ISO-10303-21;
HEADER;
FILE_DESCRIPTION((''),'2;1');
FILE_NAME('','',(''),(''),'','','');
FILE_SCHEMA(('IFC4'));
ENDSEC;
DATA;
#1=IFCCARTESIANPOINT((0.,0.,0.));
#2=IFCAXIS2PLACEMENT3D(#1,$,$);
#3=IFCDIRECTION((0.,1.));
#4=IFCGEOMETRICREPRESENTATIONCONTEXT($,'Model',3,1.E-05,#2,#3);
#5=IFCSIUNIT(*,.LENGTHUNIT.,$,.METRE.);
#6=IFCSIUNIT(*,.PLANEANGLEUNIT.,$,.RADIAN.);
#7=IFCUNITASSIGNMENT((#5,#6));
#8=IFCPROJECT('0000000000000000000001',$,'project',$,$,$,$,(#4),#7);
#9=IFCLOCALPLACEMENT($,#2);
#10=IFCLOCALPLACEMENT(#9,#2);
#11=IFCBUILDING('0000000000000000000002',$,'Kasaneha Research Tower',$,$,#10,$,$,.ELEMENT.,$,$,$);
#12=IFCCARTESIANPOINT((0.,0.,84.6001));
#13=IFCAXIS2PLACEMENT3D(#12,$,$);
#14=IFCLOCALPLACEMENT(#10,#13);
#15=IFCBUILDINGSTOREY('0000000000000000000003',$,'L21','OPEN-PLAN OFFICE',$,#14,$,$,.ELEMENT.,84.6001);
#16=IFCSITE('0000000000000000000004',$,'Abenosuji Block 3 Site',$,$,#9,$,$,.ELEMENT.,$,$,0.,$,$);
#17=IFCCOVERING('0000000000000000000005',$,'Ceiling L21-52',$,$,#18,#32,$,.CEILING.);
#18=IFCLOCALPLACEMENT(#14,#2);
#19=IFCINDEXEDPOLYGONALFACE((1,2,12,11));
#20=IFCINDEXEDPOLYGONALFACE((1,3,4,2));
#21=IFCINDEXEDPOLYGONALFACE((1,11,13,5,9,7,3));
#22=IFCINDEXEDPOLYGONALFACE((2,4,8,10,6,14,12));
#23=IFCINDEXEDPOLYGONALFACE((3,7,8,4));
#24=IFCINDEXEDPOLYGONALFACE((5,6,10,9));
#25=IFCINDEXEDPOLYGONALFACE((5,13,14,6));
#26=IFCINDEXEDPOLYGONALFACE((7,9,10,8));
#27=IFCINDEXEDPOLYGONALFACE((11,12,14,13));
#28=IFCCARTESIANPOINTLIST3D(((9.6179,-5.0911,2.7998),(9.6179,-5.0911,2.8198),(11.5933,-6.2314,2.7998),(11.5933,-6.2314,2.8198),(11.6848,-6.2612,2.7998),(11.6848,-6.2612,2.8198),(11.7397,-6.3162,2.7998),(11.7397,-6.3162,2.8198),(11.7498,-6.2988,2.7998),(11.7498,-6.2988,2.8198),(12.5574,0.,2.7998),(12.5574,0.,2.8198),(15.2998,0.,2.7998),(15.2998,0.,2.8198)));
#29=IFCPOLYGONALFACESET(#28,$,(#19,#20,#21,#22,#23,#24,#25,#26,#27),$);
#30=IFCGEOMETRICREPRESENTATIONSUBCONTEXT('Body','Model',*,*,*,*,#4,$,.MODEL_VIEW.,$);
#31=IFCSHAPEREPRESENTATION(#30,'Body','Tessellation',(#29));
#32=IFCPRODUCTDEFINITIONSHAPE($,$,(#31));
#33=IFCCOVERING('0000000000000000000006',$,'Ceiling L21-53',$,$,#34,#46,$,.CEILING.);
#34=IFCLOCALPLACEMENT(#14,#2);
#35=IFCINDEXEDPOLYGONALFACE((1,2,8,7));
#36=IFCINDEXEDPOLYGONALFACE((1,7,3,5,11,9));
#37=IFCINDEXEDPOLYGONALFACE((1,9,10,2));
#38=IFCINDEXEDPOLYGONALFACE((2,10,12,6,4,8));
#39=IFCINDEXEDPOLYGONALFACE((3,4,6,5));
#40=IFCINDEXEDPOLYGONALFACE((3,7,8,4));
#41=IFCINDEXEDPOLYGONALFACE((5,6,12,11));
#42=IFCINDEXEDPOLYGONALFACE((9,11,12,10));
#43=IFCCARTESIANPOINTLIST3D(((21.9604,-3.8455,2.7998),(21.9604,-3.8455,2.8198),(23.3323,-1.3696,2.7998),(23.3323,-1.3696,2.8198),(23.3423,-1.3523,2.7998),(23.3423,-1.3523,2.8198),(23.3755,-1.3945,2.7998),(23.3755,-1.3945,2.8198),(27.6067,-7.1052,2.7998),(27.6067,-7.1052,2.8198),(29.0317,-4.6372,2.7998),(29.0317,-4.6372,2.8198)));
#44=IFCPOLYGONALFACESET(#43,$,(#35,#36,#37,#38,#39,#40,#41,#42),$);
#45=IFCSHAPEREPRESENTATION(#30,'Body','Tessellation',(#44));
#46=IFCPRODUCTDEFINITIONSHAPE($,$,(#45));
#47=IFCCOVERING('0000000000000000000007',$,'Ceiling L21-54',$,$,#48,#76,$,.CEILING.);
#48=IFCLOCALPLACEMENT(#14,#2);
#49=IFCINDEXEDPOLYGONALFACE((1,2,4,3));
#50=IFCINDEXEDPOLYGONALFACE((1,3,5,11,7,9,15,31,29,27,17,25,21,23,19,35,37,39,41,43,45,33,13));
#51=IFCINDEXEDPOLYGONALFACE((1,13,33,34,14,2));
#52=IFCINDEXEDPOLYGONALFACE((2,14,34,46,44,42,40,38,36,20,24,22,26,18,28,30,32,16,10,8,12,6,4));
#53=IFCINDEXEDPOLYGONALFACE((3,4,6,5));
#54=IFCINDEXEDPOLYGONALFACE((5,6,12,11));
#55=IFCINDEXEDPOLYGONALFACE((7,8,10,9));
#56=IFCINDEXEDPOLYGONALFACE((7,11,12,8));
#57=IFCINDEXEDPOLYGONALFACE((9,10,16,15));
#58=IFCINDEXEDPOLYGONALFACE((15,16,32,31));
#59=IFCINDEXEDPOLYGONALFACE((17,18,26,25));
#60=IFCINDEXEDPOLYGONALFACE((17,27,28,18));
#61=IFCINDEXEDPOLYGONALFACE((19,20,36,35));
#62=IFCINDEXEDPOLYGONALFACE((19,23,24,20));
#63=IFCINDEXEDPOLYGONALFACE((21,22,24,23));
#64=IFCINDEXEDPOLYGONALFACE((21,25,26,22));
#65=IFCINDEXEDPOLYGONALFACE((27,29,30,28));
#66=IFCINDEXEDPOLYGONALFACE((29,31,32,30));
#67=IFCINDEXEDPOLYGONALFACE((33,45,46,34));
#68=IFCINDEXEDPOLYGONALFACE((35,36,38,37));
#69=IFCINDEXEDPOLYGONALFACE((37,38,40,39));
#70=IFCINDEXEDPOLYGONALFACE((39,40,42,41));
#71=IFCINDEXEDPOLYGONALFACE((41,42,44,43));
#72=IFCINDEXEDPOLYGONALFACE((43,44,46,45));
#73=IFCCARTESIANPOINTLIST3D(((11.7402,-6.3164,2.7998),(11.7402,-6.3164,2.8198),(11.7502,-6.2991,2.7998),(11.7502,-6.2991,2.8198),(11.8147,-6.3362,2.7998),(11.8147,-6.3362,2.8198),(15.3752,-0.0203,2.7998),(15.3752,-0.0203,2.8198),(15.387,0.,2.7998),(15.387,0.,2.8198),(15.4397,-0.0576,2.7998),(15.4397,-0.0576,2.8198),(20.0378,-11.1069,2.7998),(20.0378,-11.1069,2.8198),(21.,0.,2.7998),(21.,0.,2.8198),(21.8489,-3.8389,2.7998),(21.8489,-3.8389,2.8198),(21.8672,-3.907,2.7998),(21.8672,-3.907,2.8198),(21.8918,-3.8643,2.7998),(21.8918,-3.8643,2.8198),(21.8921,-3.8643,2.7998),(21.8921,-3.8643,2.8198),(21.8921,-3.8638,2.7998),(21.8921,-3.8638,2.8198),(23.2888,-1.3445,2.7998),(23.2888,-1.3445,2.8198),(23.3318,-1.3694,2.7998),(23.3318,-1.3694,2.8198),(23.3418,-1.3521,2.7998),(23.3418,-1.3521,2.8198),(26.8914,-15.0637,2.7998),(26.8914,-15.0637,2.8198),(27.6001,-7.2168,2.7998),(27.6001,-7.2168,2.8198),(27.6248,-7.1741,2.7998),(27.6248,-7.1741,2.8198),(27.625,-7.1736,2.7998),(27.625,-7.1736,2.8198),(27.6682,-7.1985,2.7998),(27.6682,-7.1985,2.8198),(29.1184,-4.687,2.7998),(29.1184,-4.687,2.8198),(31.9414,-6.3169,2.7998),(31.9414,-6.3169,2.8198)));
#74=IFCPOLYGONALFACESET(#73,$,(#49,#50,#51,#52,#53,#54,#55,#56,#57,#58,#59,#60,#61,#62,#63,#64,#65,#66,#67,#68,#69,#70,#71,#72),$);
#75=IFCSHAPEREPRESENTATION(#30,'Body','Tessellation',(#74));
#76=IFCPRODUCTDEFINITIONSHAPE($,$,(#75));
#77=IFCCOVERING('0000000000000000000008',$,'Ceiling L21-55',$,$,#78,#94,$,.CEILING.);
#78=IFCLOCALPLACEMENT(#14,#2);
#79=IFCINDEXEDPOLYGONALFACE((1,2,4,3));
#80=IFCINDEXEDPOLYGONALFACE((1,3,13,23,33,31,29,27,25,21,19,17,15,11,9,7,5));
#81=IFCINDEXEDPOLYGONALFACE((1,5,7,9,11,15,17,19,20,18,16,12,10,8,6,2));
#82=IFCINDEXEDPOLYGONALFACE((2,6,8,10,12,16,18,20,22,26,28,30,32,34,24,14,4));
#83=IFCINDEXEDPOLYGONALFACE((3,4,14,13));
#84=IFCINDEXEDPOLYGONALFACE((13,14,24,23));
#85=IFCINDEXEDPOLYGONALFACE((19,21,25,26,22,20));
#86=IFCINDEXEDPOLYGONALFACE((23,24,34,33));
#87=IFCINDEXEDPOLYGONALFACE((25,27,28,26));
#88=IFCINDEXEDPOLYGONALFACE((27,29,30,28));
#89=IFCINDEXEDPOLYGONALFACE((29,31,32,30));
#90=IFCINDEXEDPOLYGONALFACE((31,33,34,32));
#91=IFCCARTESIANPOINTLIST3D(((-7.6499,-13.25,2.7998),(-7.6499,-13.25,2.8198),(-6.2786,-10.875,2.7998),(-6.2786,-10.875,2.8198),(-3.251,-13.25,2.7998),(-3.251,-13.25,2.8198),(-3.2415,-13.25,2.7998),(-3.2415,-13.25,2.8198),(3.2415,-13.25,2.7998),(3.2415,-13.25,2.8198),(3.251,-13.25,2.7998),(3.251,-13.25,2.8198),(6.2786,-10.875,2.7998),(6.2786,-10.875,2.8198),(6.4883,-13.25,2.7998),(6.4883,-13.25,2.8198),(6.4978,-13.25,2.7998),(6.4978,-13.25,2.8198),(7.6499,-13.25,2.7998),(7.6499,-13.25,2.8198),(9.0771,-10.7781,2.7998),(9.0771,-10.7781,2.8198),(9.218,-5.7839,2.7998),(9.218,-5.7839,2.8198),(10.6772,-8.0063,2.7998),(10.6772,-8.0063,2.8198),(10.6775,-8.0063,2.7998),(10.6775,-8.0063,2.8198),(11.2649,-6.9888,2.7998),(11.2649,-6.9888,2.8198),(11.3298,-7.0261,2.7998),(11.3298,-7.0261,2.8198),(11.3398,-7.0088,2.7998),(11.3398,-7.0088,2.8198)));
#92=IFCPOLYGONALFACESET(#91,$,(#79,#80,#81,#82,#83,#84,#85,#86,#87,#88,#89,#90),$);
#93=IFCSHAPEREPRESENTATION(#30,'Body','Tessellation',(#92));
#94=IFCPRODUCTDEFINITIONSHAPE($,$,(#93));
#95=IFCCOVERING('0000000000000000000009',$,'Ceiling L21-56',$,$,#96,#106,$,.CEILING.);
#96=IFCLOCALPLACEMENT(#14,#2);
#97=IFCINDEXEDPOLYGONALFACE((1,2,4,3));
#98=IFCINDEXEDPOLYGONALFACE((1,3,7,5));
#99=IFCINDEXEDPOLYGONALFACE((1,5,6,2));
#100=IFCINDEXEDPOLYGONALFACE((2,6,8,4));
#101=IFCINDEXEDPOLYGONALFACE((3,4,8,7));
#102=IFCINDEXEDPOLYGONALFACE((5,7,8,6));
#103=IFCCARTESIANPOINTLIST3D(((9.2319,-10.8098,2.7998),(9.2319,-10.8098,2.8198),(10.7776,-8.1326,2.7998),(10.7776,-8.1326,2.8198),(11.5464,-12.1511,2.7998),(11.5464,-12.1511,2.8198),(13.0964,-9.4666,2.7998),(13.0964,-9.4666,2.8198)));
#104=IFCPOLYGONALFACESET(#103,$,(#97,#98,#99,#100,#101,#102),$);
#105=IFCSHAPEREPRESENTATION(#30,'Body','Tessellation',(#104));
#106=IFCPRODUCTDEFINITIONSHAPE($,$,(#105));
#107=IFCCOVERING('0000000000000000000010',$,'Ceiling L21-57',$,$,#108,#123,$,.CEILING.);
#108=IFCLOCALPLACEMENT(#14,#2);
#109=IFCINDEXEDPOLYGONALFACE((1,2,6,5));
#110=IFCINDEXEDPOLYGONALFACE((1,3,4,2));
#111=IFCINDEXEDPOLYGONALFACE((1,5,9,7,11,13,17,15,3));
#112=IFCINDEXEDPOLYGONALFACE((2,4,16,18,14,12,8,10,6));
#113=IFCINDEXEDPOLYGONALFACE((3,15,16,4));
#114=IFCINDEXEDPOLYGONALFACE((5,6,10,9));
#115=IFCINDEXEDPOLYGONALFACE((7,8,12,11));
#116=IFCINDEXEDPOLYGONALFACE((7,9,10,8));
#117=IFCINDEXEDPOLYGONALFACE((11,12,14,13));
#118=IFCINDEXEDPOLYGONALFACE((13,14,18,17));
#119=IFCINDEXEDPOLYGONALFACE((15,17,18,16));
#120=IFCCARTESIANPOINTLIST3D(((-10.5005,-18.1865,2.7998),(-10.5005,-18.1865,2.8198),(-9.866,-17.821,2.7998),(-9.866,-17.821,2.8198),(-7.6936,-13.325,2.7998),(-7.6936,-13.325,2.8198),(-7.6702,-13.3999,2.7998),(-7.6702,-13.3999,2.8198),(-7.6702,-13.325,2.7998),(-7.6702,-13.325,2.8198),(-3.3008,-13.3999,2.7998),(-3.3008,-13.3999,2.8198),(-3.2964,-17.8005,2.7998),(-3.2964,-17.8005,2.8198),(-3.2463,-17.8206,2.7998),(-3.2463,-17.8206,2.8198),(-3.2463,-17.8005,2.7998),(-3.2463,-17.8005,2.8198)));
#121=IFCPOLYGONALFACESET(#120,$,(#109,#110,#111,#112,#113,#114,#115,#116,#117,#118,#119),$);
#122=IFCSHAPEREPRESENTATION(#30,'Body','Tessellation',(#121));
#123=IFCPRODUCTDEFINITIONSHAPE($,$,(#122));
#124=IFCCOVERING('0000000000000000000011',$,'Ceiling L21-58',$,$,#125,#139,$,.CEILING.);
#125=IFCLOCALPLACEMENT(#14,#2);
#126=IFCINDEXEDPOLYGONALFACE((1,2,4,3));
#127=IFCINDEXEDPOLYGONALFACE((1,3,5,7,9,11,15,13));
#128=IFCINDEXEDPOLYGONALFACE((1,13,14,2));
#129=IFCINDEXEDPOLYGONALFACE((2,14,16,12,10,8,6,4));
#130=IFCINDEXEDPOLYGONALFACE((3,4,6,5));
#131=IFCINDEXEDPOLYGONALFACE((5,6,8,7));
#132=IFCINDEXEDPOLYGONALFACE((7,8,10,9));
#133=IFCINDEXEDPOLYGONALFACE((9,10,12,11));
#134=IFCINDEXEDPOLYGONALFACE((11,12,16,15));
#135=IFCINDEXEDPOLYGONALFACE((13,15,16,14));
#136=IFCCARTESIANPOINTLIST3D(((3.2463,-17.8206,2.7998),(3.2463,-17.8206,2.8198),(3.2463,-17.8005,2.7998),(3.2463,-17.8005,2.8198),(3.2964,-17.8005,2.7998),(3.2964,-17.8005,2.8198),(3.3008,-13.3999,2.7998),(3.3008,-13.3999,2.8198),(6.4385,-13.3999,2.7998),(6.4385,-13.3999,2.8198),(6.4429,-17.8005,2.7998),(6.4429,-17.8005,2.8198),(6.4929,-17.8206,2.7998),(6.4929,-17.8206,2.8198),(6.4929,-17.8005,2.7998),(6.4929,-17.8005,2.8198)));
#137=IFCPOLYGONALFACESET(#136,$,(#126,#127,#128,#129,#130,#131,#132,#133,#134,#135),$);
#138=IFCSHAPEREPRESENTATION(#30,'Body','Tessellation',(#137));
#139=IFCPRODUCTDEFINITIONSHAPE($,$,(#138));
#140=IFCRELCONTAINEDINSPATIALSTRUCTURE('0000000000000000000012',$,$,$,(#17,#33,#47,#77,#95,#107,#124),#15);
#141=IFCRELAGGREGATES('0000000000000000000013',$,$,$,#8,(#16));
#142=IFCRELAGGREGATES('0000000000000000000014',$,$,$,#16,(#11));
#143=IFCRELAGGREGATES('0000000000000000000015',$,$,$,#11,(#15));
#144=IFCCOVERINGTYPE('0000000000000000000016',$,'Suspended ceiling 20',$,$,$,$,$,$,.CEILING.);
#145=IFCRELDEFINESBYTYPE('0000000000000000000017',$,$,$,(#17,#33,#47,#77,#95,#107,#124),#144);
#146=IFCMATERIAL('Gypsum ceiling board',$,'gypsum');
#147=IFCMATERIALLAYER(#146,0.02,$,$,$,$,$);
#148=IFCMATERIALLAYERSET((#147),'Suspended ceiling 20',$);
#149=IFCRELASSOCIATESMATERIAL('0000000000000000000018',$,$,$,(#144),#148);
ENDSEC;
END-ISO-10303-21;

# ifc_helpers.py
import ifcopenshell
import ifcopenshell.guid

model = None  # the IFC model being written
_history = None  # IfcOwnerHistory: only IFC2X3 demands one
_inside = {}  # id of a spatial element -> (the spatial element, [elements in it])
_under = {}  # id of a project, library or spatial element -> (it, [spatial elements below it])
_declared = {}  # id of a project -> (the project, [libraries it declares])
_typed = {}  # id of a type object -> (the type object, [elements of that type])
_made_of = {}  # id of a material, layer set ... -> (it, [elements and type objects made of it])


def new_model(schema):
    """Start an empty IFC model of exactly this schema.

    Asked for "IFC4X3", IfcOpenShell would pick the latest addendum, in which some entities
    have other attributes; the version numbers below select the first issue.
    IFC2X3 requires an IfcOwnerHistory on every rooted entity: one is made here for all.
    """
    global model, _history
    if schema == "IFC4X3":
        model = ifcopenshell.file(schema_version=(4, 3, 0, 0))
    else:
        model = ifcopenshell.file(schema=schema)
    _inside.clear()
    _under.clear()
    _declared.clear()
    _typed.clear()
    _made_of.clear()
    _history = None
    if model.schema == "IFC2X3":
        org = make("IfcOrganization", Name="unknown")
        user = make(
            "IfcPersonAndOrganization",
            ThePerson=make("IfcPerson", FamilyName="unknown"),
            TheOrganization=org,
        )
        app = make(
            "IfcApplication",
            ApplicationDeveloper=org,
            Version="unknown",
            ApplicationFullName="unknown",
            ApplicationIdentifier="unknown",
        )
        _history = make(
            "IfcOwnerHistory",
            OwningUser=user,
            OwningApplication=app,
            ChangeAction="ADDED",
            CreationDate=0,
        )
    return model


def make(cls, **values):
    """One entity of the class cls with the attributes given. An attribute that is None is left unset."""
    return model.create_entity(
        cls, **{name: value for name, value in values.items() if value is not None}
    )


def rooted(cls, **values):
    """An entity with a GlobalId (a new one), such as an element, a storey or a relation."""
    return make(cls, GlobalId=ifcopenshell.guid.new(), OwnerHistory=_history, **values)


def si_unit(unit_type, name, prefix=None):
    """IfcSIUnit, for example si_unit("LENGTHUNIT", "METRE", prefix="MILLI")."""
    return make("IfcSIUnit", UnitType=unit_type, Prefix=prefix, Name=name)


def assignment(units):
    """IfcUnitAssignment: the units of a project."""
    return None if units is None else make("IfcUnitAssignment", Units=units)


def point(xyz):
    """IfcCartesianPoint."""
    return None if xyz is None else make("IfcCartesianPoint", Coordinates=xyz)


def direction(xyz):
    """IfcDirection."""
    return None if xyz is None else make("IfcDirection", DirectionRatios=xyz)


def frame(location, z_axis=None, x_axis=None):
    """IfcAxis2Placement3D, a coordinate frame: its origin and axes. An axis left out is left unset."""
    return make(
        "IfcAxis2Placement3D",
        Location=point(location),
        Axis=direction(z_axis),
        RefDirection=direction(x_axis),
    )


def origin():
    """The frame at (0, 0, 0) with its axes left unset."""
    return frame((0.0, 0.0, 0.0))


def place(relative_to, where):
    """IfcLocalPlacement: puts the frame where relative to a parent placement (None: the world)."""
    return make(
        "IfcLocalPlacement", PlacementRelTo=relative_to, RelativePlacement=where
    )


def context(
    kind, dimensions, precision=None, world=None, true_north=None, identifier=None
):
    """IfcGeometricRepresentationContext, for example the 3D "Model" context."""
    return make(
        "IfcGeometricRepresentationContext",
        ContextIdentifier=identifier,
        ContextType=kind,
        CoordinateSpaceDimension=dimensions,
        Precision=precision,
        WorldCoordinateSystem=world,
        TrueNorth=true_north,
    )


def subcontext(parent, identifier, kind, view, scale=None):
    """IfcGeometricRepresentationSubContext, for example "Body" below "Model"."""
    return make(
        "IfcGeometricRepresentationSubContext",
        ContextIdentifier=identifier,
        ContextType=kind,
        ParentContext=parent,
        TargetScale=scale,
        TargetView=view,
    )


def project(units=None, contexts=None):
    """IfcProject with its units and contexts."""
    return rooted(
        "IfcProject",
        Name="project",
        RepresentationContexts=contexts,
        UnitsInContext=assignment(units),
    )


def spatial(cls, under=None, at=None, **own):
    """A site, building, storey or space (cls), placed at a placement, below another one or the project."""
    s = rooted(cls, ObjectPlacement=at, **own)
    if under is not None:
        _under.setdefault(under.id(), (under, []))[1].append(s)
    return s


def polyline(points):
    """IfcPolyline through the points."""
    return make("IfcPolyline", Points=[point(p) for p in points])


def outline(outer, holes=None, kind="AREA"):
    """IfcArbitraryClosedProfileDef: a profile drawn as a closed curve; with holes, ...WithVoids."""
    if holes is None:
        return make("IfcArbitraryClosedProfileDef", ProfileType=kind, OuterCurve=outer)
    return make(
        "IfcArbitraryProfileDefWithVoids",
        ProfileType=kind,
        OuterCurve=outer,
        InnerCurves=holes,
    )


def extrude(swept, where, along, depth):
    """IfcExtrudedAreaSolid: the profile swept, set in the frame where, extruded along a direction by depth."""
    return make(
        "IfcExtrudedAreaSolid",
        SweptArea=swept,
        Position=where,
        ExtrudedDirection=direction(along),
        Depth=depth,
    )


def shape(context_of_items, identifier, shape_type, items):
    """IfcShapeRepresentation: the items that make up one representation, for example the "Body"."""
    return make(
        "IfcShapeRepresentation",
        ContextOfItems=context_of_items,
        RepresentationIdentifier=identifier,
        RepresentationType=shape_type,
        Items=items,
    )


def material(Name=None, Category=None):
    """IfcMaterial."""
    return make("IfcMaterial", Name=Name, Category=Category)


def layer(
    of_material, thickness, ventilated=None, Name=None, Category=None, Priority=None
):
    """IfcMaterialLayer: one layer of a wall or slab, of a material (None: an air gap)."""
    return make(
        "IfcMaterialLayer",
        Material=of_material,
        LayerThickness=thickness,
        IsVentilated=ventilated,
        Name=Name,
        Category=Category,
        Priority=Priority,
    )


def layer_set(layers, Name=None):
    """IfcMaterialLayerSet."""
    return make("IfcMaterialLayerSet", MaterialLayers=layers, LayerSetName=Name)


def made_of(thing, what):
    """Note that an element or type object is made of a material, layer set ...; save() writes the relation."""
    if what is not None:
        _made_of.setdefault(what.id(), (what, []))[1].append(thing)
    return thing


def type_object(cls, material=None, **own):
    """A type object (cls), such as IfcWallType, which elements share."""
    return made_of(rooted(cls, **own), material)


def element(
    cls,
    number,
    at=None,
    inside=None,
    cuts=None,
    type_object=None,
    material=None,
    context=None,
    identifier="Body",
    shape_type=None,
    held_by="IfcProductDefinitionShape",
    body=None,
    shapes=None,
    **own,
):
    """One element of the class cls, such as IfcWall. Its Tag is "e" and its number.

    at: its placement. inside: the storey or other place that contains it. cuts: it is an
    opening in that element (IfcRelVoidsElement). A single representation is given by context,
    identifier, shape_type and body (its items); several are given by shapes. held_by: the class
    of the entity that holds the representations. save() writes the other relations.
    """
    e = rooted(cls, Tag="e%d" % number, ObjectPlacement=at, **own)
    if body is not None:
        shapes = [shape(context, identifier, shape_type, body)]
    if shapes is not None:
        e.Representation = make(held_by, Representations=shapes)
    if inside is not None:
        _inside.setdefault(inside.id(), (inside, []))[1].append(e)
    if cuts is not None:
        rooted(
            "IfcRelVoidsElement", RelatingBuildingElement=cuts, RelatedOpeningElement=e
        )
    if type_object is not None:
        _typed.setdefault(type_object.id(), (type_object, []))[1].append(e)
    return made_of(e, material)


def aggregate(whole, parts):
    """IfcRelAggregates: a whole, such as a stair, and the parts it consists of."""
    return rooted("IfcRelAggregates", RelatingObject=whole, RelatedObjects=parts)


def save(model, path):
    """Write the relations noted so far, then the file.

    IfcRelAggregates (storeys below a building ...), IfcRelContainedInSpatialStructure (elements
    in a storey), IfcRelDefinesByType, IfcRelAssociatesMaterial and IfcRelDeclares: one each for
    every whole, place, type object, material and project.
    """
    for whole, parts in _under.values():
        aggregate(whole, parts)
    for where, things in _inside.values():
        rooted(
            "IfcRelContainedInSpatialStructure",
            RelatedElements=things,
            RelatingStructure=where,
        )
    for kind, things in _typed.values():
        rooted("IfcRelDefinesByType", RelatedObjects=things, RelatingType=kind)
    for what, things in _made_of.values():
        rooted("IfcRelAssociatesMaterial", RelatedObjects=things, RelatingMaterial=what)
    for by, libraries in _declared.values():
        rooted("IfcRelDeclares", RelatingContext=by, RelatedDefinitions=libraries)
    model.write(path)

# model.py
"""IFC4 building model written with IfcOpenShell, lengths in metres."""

from ifc_helpers import new_model, si_unit, direction, frame, origin, place, context, subcontext, project, spatial, polyline, outline, extrude, material, layer, layer_set, type_object, element, save


model = new_model("IFC4")

# Units and contexts
model_context = context("Model", 3, precision=1e-05, world=origin(), true_north=direction((0.0, 1.0)))
body_context = subcontext(model_context, "Body", "Model", "MODEL_VIEW")
ifc_project = project(units=[si_unit("LENGTHUNIT", "METRE"), si_unit("PLANEANGLEUNIT", "RADIAN")], contexts=[model_context])

# Site, building, storey
site_placement = place(None, origin())
site = spatial("IfcSite", under=ifc_project, at=site_placement, Name="Abenosuji Block 3 Site", CompositionType="ELEMENT", RefElevation=0.0)
building_placement = place(site_placement, origin())
building = spatial("IfcBuilding", under=site, at=building_placement, Name="Kasaneha Research Tower", CompositionType="ELEMENT")
storey_placement = place(building_placement, frame((0.0, 0.0, 84.6001)))
storey = spatial("IfcBuildingStorey", under=building, at=storey_placement, Name="L21", Description="OPEN-PLAN OFFICE", CompositionType="ELEMENT", Elevation=84.6001)

# Coverings
ifc_material_1 = material(Name="Gypsum ceiling board", Category="gypsum")
ifc_layer_1 = layer(ifc_material_1, 0.02)
ifc_layer_set_1 = layer_set([ifc_layer_1], Name="Suspended ceiling 20")
covering_type_1 = type_object("IfcCoveringType", Name="Suspended ceiling 20", PredefinedType="CEILING", material=ifc_layer_set_1)
covering_1_placement = place(storey_placement, frame((0.0, 0.0, 2.7998)))
element("IfcCovering", 1, at=covering_1_placement, inside=storey, type_object=covering_type_1, Name="Ceiling L21-52", PredefinedType="CEILING", context=body_context, shape_type="SweptSolid", body=[
    extrude(outline(polyline([(9.6179, -5.0911), (12.5574, 0.0), (15.2998, 0.0), (11.6848, -6.2612), (11.7498, -6.2988), (11.7397, -6.3162), (11.5933, -6.2314), (9.6179, -5.0911)])), origin(), (0.0, 0.0, 1.0), 0.02),
])
covering_2_placement = place(storey_placement, frame((0.0, 0.0, 2.7998)))
element("IfcCovering", 2, at=covering_2_placement, inside=storey, type_object=covering_type_1, Name="Ceiling L21-53", PredefinedType="CEILING", context=body_context, shape_type="SweptSolid", body=[
    extrude(outline(polyline([(29.0317, -4.6372), (27.6067, -7.1052), (21.9604, -3.8455), (23.3755, -1.3945), (23.3323, -1.3696), (23.3423, -1.3523), (29.0317, -4.6372)])), origin(), (0.0, 0.0, 1.0), 0.02),
])
covering_3_placement = place(storey_placement, frame((0.0, 0.0, 2.7998)))
element("IfcCovering", 3, at=covering_3_placement, inside=storey, type_object=covering_type_1, Name="Ceiling L21-54", PredefinedType="CEILING", context=body_context, shape_type="SweptSolid", body=[
    extrude(outline(polyline([(21.0, 0.0), (23.3418, -1.3521), (23.3318, -1.3694), (23.2888, -1.3445), (21.8489, -3.8389), (21.8921, -3.8638), (21.8918, -3.8643), (21.8921, -3.8643), (21.8672, -3.907), (27.6001, -7.2168), (27.6248, -7.1741), (27.6248, -7.1741), (27.625, -7.1736), (27.6682, -7.1985), (29.1184, -4.687), (31.9414, -6.3169), (26.8914, -15.0637), (20.0378, -11.1069), (11.7402, -6.3164), (11.7502, -6.2991), (11.8147, -6.3362), (15.4397, -0.0576), (15.3752, -0.0203), (15.387, 0.0), (21.0, 0.0)])), origin(), (0.0, 0.0, 1.0), 0.02),
])
covering_4_placement = place(storey_placement, frame((0.0, 0.0, 2.7998)))
element("IfcCovering", 4, at=covering_4_placement, inside=storey, type_object=covering_type_1, Name="Ceiling L21-55", PredefinedType="CEILING", context=body_context, shape_type="SweptSolid", body=[
    extrude(outline(polyline([(-6.2786, -10.875), (6.2786, -10.875), (9.218, -5.7839), (11.3398, -7.0088), (11.3298, -7.0261), (11.2649, -6.9888), (10.6775, -8.0063), (10.6772, -8.0063), (9.0771, -10.7781), (9.0771, -10.7781), (7.6499, -13.25), (6.4978, -13.25), (6.4883, -13.25), (3.251, -13.25), (3.2415, -13.25), (-3.2415, -13.25), (-3.251, -13.25), (-7.6499, -13.25), (-7.6499, -13.25), (-6.2786, -10.875)])), origin(), (0.0, 0.0, 1.0), 0.02),
])
covering_5_placement = place(storey_placement, frame((0.0, 0.0, 2.7998)))
element("IfcCovering", 5, at=covering_5_placement, inside=storey, type_object=covering_type_1, Name="Ceiling L21-56", PredefinedType="CEILING", context=body_context, shape_type="SweptSolid", body=[
    extrude(outline(polyline([(9.2319, -10.8098), (10.7776, -8.1326), (13.0964, -9.4666), (11.5464, -12.1511), (9.2319, -10.8098)])), origin(), (0.0, 0.0, 1.0), 0.02),
])
covering_6_placement = place(storey_placement, frame((0.0, 0.0, 2.7998)))
element("IfcCovering", 6, at=covering_6_placement, inside=storey, type_object=covering_type_1, Name="Ceiling L21-57", PredefinedType="CEILING", context=body_context, shape_type="SweptSolid", body=[
    extrude(outline(polyline([(-10.5005, -18.1865), (-7.6936, -13.325), (-7.6702, -13.325), (-7.6702, -13.3999), (-3.3008, -13.3999), (-3.2964, -17.8005), (-3.2463, -17.8005), (-3.2463, -17.8206), (-9.866, -17.821), (-10.5005, -18.1865)])), origin(), (0.0, 0.0, 1.0), 0.02),
])
covering_7_placement = place(storey_placement, frame((0.0, 0.0, 2.7998)))
element("IfcCovering", 7, at=covering_7_placement, inside=storey, type_object=covering_type_1, Name="Ceiling L21-58", PredefinedType="CEILING", context=body_context, shape_type="SweptSolid", body=[
    extrude(outline(polyline([(3.2463, -17.8005), (3.2964, -17.8005), (3.3008, -13.3999), (6.4385, -13.3999), (6.4429, -17.8005), (6.4929, -17.8005), (6.4929, -17.8206), (3.2463, -17.8206), (3.2463, -17.8005)])), origin(), (0.0, 0.0, 1.0), 0.02),
])

save(model, "model.ifc")
